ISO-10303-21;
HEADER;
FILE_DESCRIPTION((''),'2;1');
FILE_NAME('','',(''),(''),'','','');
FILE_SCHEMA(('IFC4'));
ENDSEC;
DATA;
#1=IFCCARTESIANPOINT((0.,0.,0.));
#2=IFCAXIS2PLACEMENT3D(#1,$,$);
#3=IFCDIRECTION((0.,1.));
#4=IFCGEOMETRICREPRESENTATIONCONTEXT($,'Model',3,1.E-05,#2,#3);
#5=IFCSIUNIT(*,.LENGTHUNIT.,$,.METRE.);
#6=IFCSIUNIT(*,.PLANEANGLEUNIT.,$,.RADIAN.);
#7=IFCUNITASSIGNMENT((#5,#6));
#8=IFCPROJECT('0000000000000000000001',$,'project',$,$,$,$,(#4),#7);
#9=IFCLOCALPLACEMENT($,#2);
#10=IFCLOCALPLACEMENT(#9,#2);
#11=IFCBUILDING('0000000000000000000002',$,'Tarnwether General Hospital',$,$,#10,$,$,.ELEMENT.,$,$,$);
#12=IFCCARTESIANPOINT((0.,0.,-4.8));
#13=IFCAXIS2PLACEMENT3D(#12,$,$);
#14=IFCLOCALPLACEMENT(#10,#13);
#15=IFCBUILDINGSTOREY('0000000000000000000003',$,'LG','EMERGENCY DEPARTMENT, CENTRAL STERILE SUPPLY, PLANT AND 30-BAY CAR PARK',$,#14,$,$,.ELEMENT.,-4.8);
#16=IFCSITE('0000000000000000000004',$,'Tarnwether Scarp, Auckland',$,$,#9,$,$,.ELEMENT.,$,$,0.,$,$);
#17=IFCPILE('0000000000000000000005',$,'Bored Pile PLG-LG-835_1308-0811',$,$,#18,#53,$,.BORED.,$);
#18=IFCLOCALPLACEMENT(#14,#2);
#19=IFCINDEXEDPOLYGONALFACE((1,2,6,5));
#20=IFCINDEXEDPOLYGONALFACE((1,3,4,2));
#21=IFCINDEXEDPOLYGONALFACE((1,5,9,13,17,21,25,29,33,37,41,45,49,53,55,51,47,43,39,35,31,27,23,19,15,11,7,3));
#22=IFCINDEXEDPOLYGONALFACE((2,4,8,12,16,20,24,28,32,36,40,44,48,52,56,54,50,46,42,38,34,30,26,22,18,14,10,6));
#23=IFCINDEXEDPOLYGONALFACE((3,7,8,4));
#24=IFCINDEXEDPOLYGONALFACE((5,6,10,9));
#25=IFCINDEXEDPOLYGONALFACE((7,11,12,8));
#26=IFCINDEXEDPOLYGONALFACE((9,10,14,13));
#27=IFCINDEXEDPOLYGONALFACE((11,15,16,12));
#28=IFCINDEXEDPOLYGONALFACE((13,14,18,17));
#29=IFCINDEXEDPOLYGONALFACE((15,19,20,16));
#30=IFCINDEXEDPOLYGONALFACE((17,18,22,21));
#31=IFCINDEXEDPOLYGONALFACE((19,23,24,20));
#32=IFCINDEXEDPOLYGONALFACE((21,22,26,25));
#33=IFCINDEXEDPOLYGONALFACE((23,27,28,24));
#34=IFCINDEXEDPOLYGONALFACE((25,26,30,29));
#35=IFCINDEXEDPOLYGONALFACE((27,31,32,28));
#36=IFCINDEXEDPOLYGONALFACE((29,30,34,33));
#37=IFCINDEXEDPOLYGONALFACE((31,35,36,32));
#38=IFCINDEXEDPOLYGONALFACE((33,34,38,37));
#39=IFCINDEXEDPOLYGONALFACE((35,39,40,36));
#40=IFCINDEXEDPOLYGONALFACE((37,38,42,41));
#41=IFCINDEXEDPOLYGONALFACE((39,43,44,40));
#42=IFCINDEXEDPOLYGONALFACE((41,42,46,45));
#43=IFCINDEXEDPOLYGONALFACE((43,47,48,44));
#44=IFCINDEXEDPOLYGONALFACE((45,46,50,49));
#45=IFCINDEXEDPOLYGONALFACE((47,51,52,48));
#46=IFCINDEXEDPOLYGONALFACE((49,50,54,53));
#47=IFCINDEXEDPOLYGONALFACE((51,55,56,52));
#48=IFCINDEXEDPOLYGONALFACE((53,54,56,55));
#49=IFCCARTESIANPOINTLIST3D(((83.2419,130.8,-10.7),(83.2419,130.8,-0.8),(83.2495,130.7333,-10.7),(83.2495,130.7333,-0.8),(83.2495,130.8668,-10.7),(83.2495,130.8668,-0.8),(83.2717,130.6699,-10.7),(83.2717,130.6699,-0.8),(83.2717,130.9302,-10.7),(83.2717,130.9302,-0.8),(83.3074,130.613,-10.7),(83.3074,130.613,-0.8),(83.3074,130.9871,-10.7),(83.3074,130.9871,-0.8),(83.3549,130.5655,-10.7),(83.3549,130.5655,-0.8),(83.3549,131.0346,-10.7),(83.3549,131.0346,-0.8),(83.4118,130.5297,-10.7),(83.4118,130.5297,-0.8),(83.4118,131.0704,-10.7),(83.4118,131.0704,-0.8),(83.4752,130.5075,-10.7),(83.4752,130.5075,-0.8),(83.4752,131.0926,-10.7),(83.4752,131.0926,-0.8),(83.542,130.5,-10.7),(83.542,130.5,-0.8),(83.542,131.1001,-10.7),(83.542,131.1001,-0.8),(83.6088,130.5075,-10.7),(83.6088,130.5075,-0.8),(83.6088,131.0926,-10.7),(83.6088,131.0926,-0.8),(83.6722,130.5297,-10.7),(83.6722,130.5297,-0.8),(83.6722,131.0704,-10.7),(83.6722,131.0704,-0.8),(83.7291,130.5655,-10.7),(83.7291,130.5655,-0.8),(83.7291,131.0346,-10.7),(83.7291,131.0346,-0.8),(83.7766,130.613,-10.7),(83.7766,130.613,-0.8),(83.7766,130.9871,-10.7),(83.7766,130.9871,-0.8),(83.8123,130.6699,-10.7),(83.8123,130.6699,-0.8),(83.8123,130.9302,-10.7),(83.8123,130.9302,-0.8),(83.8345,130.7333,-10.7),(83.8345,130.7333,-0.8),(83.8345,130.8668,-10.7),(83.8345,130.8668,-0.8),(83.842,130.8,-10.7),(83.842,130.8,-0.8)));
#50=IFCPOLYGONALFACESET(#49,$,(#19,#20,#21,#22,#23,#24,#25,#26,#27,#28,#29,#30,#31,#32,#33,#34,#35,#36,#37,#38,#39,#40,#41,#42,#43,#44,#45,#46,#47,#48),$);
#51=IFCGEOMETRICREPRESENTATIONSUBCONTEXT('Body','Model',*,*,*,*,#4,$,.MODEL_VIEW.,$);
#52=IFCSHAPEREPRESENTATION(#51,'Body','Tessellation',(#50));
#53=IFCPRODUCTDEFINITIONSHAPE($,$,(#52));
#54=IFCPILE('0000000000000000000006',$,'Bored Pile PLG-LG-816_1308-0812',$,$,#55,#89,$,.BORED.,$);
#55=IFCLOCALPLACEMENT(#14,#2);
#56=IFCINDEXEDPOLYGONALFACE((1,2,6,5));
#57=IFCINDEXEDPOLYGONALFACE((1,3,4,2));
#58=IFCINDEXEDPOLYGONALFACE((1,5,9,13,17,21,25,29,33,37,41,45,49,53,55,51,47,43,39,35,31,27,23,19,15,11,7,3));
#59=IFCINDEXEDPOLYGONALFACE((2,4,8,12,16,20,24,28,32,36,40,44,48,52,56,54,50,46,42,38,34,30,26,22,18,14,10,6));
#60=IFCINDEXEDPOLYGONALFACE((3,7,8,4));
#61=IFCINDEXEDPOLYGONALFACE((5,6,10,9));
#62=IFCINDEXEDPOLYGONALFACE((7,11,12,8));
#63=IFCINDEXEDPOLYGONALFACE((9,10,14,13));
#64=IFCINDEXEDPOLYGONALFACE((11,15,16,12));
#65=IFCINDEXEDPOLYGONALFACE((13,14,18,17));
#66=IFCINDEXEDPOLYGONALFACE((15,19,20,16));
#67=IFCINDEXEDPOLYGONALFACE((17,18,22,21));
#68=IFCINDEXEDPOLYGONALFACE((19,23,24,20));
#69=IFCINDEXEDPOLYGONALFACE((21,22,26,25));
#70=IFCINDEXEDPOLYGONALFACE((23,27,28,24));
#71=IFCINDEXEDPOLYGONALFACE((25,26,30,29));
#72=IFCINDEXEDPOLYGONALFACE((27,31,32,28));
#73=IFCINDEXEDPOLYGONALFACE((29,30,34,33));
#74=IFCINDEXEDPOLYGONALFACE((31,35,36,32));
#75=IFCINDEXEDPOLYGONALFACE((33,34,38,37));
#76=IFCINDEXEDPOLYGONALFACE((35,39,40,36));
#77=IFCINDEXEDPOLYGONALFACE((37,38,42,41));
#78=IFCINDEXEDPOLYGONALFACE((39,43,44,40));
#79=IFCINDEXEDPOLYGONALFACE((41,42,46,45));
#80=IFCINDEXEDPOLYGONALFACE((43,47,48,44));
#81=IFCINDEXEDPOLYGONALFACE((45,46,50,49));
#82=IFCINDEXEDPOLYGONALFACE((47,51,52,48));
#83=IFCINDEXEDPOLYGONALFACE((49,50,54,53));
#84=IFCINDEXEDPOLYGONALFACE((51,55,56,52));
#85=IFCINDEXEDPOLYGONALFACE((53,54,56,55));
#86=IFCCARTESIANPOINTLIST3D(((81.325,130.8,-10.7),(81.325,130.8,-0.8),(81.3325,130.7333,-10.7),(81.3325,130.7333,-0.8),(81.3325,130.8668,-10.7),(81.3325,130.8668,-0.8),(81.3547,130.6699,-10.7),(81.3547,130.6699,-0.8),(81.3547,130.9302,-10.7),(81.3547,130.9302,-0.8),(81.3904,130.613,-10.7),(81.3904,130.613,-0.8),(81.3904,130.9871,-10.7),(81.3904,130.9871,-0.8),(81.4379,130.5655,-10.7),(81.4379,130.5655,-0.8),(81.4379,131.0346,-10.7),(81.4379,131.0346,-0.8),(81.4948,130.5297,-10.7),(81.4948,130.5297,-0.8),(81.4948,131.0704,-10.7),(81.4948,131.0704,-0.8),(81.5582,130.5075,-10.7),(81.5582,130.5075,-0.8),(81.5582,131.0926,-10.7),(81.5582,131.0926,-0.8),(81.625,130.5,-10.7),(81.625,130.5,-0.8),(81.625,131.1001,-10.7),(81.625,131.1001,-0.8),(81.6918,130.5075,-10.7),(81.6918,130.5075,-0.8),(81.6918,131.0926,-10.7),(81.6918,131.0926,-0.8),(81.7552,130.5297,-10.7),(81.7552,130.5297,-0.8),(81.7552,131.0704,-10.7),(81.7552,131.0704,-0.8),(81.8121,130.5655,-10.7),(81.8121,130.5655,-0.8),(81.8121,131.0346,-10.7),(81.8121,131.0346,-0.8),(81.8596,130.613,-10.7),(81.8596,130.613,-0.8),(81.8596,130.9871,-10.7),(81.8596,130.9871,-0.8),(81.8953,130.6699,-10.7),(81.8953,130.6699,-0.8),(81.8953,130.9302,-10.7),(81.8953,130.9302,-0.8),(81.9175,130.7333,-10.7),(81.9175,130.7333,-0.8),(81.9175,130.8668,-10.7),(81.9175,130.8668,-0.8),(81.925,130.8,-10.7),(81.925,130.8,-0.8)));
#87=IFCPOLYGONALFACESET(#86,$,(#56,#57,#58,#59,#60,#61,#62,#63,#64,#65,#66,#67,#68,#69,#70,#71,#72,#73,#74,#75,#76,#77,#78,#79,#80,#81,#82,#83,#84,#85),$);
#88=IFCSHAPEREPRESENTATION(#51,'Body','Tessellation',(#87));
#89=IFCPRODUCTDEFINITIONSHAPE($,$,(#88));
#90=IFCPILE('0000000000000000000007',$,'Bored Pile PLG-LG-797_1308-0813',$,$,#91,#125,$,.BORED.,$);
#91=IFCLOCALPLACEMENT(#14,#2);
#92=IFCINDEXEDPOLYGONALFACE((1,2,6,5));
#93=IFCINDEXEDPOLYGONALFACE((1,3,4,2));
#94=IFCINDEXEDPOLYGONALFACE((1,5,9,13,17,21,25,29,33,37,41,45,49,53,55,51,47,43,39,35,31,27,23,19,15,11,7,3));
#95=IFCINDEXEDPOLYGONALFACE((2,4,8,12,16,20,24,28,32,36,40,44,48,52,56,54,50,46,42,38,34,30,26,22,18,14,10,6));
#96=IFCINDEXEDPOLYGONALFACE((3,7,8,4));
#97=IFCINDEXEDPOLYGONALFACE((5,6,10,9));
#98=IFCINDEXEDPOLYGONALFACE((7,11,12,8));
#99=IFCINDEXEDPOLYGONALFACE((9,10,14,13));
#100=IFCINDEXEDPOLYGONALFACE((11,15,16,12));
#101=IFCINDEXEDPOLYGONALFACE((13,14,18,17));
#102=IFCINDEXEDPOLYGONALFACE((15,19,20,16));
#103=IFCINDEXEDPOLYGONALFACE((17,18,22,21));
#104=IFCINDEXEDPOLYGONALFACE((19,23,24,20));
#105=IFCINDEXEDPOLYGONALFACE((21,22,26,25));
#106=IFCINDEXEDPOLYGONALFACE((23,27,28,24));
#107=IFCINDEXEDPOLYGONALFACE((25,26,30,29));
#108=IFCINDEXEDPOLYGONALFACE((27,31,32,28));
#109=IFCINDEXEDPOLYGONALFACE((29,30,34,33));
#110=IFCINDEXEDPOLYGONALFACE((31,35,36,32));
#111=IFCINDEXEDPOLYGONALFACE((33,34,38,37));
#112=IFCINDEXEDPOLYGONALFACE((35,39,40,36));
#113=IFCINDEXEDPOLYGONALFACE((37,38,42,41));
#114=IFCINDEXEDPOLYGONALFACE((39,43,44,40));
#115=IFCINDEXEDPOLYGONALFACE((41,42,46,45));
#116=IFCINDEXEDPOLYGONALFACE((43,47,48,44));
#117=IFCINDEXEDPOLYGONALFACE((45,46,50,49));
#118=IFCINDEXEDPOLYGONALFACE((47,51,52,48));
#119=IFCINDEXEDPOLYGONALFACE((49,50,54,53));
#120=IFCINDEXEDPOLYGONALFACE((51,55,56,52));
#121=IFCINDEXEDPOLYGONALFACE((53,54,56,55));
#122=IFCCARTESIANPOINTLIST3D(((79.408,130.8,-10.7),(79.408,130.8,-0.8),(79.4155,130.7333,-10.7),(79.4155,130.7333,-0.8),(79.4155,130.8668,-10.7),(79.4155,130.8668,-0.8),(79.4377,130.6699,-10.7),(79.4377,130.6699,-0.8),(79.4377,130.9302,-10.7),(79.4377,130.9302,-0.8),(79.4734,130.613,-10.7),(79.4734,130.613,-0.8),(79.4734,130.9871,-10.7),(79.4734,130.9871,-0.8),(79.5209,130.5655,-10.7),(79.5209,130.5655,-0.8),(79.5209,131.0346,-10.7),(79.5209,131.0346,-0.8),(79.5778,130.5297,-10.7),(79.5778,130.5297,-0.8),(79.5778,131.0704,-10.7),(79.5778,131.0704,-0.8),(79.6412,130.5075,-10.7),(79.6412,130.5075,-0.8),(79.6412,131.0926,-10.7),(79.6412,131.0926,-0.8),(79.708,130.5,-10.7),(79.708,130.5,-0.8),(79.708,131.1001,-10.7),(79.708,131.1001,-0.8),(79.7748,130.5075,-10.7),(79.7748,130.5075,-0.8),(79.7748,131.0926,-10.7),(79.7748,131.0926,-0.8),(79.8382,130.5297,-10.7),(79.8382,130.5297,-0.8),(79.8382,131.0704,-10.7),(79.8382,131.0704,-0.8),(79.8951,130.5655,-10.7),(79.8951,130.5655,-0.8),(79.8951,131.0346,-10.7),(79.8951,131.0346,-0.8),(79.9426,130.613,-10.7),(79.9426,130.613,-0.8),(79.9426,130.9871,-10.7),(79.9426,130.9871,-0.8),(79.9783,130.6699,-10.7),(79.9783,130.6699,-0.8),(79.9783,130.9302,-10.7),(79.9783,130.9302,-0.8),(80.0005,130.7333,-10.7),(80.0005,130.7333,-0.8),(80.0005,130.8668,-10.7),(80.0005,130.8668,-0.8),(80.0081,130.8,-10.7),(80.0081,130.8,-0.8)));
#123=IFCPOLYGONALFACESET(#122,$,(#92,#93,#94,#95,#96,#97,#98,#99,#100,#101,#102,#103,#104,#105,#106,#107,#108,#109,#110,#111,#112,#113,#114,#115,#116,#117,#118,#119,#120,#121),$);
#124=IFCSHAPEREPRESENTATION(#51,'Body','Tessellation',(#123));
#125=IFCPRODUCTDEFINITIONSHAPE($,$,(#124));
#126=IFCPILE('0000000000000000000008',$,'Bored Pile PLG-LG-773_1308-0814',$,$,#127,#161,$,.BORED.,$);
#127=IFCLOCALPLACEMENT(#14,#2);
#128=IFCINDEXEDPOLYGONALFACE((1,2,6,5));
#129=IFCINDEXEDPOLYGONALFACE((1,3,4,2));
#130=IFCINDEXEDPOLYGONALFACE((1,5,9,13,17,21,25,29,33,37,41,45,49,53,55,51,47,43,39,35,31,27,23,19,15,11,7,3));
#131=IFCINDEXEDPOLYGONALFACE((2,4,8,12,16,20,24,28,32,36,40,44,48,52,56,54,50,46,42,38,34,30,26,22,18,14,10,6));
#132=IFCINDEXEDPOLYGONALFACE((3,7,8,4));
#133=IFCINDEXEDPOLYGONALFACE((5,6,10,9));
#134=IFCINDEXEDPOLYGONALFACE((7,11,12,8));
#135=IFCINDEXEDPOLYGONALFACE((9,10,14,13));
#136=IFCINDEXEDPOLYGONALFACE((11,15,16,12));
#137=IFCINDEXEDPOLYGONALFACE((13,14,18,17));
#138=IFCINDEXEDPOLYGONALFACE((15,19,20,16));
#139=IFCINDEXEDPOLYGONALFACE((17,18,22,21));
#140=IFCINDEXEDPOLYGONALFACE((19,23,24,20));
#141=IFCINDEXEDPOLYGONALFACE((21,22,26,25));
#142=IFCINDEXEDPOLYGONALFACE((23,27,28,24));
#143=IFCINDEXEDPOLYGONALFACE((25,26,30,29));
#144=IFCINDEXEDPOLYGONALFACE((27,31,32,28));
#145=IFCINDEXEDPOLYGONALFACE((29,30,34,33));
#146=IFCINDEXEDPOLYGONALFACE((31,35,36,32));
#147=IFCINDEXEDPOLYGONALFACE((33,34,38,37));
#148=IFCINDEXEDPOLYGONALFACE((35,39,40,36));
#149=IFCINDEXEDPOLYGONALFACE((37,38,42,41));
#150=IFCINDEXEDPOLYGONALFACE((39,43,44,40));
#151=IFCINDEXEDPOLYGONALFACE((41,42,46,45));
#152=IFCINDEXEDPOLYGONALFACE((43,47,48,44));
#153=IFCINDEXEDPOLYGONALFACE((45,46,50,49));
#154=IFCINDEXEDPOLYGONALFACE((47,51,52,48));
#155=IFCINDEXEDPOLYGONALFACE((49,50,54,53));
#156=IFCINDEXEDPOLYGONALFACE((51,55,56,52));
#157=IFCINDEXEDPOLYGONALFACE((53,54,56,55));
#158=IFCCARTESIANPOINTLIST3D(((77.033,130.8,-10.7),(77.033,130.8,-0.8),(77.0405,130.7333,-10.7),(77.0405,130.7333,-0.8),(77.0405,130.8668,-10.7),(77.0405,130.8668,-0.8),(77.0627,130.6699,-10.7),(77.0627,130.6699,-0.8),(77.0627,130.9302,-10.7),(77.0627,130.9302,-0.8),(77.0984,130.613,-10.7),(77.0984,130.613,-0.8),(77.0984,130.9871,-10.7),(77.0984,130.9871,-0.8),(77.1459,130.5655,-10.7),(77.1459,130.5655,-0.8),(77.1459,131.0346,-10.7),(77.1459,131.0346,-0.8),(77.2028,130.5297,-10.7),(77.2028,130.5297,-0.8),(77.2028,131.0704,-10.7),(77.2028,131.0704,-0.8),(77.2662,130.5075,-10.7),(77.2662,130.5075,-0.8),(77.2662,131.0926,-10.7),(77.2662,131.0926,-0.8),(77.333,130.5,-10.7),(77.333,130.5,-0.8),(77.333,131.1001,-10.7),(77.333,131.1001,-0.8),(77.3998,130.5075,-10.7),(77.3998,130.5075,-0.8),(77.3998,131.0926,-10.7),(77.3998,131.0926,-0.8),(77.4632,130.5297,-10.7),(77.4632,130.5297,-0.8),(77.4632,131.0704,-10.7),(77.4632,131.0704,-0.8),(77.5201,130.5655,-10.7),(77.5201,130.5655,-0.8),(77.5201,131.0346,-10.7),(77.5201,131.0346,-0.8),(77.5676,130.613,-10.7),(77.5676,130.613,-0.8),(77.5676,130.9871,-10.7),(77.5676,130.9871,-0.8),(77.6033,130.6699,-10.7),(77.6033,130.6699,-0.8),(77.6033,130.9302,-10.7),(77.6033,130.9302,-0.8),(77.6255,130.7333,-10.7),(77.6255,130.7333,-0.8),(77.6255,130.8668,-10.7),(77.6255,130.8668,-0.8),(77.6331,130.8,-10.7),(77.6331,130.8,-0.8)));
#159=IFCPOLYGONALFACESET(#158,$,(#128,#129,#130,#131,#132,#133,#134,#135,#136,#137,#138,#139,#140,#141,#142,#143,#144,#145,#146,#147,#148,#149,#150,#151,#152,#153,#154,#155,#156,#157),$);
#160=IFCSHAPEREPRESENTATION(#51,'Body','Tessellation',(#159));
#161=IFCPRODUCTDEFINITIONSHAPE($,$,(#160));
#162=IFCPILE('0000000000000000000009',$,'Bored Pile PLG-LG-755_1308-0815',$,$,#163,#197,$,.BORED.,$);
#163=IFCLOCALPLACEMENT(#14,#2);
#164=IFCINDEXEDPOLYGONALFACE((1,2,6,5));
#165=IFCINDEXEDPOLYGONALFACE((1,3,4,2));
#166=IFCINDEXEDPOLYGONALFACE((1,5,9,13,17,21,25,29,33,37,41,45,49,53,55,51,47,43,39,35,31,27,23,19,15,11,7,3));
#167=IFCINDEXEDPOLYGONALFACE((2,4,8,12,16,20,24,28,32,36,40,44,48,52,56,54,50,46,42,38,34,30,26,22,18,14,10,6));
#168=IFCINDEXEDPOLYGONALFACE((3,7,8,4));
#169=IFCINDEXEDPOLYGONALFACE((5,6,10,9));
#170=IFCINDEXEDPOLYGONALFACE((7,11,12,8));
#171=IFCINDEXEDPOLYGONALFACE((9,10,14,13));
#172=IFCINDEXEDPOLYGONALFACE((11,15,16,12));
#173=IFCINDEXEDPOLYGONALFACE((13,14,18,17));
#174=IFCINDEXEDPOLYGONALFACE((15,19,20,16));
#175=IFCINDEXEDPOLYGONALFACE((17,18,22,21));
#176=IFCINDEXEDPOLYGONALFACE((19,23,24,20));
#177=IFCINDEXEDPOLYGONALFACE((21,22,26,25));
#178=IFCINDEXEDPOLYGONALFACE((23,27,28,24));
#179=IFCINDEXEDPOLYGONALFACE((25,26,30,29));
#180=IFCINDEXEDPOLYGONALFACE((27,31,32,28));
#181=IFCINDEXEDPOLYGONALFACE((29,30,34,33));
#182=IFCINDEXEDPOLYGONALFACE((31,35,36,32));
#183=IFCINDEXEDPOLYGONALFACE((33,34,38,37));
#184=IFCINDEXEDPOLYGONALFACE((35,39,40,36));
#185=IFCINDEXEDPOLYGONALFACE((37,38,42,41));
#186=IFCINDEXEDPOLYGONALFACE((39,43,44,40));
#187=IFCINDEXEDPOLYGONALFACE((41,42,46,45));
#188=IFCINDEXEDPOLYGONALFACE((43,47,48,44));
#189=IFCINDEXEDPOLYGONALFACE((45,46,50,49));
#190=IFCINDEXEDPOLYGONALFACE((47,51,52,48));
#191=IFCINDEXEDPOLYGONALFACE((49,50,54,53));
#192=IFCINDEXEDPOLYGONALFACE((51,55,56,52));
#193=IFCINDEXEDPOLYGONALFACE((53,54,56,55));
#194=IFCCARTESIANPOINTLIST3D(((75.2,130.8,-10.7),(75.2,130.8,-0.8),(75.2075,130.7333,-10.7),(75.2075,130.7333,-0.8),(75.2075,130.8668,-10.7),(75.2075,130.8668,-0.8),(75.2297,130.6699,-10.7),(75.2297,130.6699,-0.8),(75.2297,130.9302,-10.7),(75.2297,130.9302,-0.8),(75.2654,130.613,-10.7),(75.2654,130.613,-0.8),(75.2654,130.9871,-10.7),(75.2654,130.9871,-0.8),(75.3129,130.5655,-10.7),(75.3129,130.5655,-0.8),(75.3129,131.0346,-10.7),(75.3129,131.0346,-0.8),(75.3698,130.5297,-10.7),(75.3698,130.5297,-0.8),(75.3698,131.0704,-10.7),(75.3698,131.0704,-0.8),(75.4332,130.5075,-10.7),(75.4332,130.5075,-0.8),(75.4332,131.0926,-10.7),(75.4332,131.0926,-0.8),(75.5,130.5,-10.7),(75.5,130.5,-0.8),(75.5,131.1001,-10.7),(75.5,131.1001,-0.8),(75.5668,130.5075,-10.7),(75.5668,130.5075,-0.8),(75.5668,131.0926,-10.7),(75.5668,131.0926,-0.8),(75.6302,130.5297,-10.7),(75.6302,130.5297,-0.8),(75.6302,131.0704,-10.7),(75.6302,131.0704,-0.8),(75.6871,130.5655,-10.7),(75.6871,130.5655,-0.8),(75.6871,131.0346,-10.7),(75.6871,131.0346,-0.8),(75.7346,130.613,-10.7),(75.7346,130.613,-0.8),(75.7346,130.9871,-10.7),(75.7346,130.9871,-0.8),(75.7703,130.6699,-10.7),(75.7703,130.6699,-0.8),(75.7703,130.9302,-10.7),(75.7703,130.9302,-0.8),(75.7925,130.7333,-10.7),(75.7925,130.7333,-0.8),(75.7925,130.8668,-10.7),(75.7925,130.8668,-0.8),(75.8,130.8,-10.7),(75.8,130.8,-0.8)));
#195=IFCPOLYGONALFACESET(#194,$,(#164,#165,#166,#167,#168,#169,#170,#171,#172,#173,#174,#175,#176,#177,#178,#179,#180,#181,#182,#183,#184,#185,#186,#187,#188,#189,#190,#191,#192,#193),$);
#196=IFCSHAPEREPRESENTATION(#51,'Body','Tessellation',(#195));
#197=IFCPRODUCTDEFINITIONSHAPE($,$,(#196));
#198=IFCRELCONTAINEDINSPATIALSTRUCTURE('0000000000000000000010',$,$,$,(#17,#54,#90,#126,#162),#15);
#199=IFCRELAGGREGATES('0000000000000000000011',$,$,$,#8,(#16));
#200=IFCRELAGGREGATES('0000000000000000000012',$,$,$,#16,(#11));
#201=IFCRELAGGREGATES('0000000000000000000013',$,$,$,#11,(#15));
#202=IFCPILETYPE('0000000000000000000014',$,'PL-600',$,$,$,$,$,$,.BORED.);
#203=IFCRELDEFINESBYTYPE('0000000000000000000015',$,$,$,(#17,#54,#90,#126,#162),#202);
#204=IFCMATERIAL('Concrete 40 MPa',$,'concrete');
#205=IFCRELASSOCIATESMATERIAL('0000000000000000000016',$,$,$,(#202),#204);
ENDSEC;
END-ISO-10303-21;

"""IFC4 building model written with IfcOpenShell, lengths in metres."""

from ifc_helpers import new_model, si_unit, direction, frame, origin, origin_2d, place, context, subcontext, project, spatial, circle, extrude, material, material_profile, profile_set, type_object, element, save


model = new_model("IFC4")

# Units and contexts
model_context = context("Model", 3, precision=1e-05, world=origin(), true_north=direction((0.0, 1.0)))
body_context = subcontext(model_context, "Body", "Model", "MODEL_VIEW")
ifc_project = project(units=[si_unit("LENGTHUNIT", "METRE"), si_unit("PLANEANGLEUNIT", "RADIAN")], contexts=[model_context])

# Site, building, storey
site_placement = place(None, origin())
site = spatial("IfcSite", under=ifc_project, at=site_placement, Name="Tarnwether Scarp, Auckland", CompositionType="ELEMENT", RefElevation=0.0)
building_placement = place(site_placement, origin())
building = spatial("IfcBuilding", under=site, at=building_placement, Name="Tarnwether General Hospital", CompositionType="ELEMENT")
storey_placement = place(building_placement, frame((0.0, 0.0, -4.8)))
storey = spatial("IfcBuildingStorey", under=building, at=storey_placement, Name="LG", Description="EMERGENCY DEPARTMENT, CENTRAL STERILE SUPPLY, PLANT AND 30-BAY CAR PARK", CompositionType="ELEMENT", Elevation=-4.8)

# Piles
ifc_material_1 = material(Name="Concrete 40 MPa", Category="concrete")
ifc_material_profile_1 = material_profile(ifc_material_1, circle(Radius=0.3, at=origin_2d()), Name="PILE-D600")
ifc_profile_set_1 = profile_set([ifc_material_profile_1], Name="Concrete 40 MPa")
pile_type_1 = type_object("IfcPileType", Name="PL-600", PredefinedType="BORED", material=ifc_profile_set_1)
for number, where, z_axis, x_axis, name in (
    (1, (83.542, 130.8, -0.8), (0.0, 0.0, -1.0), (1.0, 0.0, 0.0), "Bored Pile PLG-LG-835_1308-0811"),
    (2, (81.625, 130.8, -0.8), (0.0, 0.0, -1.0), (1.0, 0.0, 0.0), "Bored Pile PLG-LG-816_1308-0812"),
    (3, (79.708, 130.8, -0.8), (0.0, 0.0, -1.0), (1.0, 0.0, 0.0), "Bored Pile PLG-LG-797_1308-0813"),
    (4, (77.333, 130.8, -0.8), (0.0, 0.0, -1.0), (1.0, 0.0, 0.0), "Bored Pile PLG-LG-773_1308-0814"),
    (5, (75.5, 130.8, -0.8), (0.0, 0.0, -1.0), (1.0, 0.0, 0.0), "Bored Pile PLG-LG-755_1308-0815"),
):
    element("IfcPile", number, at=place(storey_placement, frame(where, z_axis=z_axis, x_axis=x_axis)), inside=storey, type_object=pile_type_1, Name=name, PredefinedType="BORED", context=body_context, shape_type="SweptSolid", body=[
        extrude(circle(Radius=0.3, at=origin_2d()), origin(), (0.0, 0.0, 1.0), 9.8999),
    ])

save(model, "model.ifc")
